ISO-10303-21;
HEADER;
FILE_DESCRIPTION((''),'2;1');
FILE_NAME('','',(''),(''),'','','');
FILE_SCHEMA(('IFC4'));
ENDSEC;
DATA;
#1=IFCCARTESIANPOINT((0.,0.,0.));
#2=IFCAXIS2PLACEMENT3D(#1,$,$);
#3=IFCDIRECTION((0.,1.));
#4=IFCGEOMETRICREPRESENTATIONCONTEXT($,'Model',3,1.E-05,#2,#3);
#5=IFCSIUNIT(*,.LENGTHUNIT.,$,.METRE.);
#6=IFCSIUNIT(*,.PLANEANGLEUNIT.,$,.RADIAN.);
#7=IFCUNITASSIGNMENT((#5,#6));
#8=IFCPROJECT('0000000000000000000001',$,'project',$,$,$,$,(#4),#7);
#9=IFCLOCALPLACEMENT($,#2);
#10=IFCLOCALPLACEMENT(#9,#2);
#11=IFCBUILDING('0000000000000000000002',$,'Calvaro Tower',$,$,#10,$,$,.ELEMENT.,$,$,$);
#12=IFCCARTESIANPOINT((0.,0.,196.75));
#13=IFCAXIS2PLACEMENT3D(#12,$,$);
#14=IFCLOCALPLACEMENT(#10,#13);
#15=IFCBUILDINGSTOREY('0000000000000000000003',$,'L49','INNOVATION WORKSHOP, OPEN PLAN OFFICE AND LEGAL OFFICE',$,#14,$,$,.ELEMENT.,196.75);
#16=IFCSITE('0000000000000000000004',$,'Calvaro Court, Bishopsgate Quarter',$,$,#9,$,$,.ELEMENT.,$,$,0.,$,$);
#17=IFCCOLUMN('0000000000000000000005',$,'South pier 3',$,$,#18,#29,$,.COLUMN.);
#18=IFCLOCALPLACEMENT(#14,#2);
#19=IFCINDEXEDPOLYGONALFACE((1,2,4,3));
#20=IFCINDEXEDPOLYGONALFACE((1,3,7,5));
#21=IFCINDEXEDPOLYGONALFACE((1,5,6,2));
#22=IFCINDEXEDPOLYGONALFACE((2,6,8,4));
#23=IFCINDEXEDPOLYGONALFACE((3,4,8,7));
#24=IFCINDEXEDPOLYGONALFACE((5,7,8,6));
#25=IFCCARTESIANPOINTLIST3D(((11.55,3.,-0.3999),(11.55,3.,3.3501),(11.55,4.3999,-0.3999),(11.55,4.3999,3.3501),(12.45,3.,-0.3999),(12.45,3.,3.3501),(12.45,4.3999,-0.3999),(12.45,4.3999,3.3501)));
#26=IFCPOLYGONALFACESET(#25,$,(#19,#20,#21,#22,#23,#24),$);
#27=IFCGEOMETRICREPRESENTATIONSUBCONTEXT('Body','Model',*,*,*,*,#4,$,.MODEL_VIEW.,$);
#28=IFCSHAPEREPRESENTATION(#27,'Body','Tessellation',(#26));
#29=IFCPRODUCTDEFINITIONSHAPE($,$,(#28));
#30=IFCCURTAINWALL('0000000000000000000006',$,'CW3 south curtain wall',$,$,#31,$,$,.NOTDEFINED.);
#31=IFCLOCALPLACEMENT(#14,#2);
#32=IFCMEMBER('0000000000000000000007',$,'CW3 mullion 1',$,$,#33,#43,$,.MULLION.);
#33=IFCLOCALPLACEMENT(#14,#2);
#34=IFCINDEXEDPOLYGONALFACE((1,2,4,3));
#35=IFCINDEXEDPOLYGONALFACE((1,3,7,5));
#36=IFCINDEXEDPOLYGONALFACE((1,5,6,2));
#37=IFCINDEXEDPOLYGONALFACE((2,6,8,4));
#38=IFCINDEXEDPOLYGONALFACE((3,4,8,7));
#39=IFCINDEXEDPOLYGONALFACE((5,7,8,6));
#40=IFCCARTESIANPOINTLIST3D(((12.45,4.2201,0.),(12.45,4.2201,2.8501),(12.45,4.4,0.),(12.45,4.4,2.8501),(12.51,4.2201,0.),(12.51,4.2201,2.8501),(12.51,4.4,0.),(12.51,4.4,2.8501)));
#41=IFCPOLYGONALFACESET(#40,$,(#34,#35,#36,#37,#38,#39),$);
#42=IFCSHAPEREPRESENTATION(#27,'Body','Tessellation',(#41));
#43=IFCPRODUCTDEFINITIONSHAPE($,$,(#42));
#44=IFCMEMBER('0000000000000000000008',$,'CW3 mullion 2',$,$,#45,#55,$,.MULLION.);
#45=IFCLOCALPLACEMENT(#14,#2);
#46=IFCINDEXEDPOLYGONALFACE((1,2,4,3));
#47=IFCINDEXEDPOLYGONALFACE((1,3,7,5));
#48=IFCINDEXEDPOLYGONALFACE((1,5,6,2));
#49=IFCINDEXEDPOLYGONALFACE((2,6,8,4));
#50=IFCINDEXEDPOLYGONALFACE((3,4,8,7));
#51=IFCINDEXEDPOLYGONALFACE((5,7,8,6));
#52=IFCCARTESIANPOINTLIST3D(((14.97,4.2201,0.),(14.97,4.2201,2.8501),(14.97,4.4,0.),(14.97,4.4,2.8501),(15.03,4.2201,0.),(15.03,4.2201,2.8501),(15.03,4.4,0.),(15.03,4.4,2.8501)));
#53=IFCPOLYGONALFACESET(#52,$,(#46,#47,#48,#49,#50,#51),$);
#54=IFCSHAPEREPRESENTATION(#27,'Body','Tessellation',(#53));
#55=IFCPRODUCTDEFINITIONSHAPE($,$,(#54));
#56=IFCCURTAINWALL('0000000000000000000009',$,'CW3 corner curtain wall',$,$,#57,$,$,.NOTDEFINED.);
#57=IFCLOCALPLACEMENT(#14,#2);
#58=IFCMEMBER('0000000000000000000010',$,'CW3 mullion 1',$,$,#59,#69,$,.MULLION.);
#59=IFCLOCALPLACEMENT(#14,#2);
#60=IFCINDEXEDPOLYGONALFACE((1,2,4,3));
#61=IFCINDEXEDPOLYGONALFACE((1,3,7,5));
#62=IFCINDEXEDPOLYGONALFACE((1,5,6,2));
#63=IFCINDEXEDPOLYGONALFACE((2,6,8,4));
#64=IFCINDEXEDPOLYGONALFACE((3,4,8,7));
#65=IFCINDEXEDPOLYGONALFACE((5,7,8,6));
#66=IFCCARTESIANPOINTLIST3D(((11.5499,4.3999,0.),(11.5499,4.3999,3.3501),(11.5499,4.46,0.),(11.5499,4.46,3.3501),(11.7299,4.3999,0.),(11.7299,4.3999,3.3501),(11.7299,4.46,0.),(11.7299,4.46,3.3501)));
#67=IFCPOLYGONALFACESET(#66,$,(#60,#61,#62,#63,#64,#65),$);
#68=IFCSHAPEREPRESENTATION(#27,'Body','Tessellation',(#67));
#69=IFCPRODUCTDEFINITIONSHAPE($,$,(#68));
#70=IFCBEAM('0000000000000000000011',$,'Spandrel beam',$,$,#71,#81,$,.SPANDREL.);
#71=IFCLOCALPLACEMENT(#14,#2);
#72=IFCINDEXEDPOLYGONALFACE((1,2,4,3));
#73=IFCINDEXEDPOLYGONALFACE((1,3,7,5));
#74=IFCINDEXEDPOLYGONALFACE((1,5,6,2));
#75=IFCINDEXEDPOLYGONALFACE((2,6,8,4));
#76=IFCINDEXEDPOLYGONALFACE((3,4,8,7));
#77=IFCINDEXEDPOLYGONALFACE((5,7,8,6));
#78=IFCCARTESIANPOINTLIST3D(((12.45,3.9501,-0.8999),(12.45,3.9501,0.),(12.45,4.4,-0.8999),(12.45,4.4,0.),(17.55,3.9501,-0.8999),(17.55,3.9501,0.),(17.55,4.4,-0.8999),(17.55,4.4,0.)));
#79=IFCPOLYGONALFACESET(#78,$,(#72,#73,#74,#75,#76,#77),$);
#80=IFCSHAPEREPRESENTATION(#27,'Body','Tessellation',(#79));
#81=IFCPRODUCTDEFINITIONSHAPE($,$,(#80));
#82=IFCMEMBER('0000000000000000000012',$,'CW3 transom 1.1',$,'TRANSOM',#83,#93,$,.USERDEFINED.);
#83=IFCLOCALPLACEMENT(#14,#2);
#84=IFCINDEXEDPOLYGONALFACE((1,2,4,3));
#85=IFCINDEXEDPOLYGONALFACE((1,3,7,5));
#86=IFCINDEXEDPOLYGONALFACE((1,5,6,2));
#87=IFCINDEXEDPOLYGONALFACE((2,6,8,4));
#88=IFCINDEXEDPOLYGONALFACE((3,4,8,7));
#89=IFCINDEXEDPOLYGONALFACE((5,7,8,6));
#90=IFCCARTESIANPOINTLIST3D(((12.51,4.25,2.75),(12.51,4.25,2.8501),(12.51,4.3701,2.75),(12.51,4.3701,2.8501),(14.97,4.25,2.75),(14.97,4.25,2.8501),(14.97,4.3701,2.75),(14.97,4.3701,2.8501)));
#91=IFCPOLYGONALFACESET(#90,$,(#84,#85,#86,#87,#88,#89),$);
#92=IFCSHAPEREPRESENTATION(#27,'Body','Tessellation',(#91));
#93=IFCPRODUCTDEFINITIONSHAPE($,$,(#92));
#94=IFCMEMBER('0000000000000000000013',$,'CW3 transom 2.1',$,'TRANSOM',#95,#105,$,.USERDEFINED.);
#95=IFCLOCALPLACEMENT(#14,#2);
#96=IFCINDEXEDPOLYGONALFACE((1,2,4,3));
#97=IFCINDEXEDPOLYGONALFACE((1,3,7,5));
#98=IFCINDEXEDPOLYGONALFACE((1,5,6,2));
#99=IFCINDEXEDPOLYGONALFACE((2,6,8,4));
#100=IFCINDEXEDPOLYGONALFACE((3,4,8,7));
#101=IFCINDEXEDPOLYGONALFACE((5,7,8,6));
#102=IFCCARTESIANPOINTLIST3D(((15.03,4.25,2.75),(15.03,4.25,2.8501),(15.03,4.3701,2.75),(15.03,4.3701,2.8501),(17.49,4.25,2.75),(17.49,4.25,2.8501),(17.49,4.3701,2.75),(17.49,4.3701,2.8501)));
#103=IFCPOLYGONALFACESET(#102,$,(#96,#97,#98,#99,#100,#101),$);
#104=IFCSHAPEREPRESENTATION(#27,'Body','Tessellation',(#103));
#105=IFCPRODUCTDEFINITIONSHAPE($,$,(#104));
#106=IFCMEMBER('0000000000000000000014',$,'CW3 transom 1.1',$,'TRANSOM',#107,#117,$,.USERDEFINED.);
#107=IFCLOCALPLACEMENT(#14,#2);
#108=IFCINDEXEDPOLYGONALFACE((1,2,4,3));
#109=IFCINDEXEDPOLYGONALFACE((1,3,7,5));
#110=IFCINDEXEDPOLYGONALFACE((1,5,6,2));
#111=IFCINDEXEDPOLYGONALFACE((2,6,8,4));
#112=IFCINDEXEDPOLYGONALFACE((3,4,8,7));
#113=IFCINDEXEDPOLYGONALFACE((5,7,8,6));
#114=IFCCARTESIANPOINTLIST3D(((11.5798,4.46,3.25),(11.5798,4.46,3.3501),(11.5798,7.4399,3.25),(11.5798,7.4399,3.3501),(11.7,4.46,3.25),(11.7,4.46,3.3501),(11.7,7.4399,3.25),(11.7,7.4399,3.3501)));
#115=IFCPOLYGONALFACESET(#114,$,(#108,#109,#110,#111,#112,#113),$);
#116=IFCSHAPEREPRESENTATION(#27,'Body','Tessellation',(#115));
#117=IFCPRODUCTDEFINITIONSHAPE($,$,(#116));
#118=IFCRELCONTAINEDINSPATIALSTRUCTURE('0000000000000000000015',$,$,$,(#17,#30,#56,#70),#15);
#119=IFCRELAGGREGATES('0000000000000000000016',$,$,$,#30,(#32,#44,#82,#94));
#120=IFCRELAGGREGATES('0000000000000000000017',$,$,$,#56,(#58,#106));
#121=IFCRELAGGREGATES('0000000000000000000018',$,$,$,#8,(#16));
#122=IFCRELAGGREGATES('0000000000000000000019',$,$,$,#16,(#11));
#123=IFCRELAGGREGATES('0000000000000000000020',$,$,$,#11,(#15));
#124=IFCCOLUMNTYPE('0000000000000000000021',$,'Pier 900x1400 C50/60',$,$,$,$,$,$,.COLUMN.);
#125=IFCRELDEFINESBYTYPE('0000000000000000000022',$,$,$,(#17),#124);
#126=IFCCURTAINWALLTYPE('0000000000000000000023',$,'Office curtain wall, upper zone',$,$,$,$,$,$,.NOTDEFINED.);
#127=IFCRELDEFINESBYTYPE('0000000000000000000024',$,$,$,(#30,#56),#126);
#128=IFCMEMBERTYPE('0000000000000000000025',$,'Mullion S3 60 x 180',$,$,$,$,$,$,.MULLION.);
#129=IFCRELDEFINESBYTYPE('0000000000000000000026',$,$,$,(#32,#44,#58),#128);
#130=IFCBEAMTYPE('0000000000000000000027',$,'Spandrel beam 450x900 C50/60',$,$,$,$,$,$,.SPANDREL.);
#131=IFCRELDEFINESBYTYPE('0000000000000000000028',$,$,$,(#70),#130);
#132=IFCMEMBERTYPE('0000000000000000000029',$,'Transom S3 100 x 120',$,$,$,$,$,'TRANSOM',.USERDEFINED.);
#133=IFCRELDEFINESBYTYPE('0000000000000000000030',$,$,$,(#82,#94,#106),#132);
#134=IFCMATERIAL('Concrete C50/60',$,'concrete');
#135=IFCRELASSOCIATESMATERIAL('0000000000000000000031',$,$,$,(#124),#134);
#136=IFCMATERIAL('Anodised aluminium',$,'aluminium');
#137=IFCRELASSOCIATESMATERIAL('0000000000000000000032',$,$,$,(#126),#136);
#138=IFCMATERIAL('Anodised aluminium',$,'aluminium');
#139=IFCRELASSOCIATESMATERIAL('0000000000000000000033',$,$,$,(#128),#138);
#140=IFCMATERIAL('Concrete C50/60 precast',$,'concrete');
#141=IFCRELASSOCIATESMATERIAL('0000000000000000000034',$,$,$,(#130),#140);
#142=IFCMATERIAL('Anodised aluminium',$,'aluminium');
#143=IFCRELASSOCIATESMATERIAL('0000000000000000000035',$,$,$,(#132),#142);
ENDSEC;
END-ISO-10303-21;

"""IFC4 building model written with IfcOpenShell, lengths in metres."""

from ifc_helpers import new_model, si_unit, direction, frame, origin, origin_2d, place, context, subcontext, project, spatial, rectangle, extrude, material, material_profile, profile_set, type_object, element, aggregate, save


model = new_model("IFC4")

# Units and contexts
model_context = context("Model", 3, precision=1e-05, world=origin(), true_north=direction((0.0, 1.0)))
body_context = subcontext(model_context, "Body", "Model", "MODEL_VIEW")
ifc_project = project(units=[si_unit("LENGTHUNIT", "METRE"), si_unit("PLANEANGLEUNIT", "RADIAN")], contexts=[model_context])

# Site, building, storey
site_placement = place(None, origin())
site = spatial("IfcSite", under=ifc_project, at=site_placement, Name="Calvaro Court, Bishopsgate Quarter", CompositionType="ELEMENT", RefElevation=0.0)
building_placement = place(site_placement, origin())
building = spatial("IfcBuilding", under=site, at=building_placement, Name="Calvaro Tower", CompositionType="ELEMENT")
storey_placement = place(building_placement, frame((0.0, 0.0, 196.75)))
storey = spatial("IfcBuildingStorey", under=building, at=storey_placement, Name="L49", Description="INNOVATION WORKSHOP, OPEN PLAN OFFICE AND LEGAL OFFICE", CompositionType="ELEMENT", Elevation=196.75)

# Column
ifc_material_1 = material(Name="Concrete C50/60", Category="concrete")
ifc_material_profile_1 = material_profile(ifc_material_1, rectangle(XDim=0.8999, YDim=1.3999, at=origin_2d()), Name="RC 900x1400")
ifc_profile_set_1 = profile_set([ifc_material_profile_1], Name="Concrete C50/60")
column_type = type_object("IfcColumnType", Name="Pier 900x1400 C50/60", PredefinedType="COLUMN", material=ifc_profile_set_1)
column_placement = place(storey_placement, frame((12.0, 3.7, -0.3999), z_axis=(0.0, 0.0, 1.0), x_axis=(1.0, 0.0, 0.0)))
element("IfcColumn", 1, at=column_placement, inside=storey, type_object=column_type, Name="South pier 3", PredefinedType="COLUMN", context=body_context, shape_type="SweptSolid", body=[
    extrude(rectangle(XDim=0.8999, YDim=1.3999, at=origin_2d()), origin(), (0.0, 0.0, 1.0), 3.75),
])

# Curtain wall, members
ifc_material_2 = material(Name="Anodised aluminium", Category="aluminium")
curtain_wall_type = type_object("IfcCurtainWallType", Name="Office curtain wall, upper zone", PredefinedType="NOTDEFINED", material=ifc_material_2)
curtain_wall_1_placement = place(storey_placement, origin())
curtain_wall_1 = element("IfcCurtainWall", 2, at=curtain_wall_1_placement, inside=storey, type_object=curtain_wall_type, Name="CW3 south curtain wall", PredefinedType="NOTDEFINED")
ifc_material_3 = material(Name="Anodised aluminium", Category="aluminium")
ifc_material_profile_2 = material_profile(ifc_material_3, rectangle(XDim=0.1799, YDim=0.0601, at=origin_2d()), Name="Mullion S3 60 x 180")
ifc_profile_set_2 = profile_set([ifc_material_profile_2], Name="Anodised aluminium")
member_type_1 = type_object("IfcMemberType", Name="Mullion S3 60 x 180", PredefinedType="MULLION", material=ifc_profile_set_2)
member_1_placement = place(storey_placement, frame((12.48, 4.3101, 0.0), z_axis=(0.0, 0.0, 1.0), x_axis=(0.0, 1.0, 0.0)))
member_1 = element("IfcMember", 3, at=member_1_placement, type_object=member_type_1, Name="CW3 mullion 1", PredefinedType="MULLION", context=body_context, shape_type="SweptSolid", body=[
    extrude(rectangle(XDim=0.1799, YDim=0.0601, at=origin_2d()), origin(), (0.0, 0.0, 1.0), 2.8501),
])
member_2_placement = place(storey_placement, frame((15.0, 4.3101, 0.0), z_axis=(0.0, 0.0, 1.0), x_axis=(0.0, 1.0, 0.0)))
member_2 = element("IfcMember", 4, at=member_2_placement, type_object=member_type_1, Name="CW3 mullion 2", PredefinedType="MULLION", context=body_context, shape_type="SweptSolid", body=[
    extrude(rectangle(XDim=0.1799, YDim=0.0601, at=origin_2d()), origin(), (0.0, 0.0, 1.0), 2.8501),
])

# Curtain wall, member
curtain_wall_2_placement = place(storey_placement, origin())
curtain_wall_2 = element("IfcCurtainWall", 5, at=curtain_wall_2_placement, inside=storey, type_object=curtain_wall_type, Name="CW3 corner curtain wall", PredefinedType="NOTDEFINED")
member_3_placement = place(storey_placement, frame((11.6399, 4.4299, 0.0), z_axis=(0.0, 0.0, 1.0), x_axis=(-1.0, 0.0, 0.0)))
member_3 = element("IfcMember", 6, at=member_3_placement, type_object=member_type_1, Name="CW3 mullion 1", PredefinedType="MULLION", context=body_context, shape_type="SweptSolid", body=[
    extrude(rectangle(XDim=0.1799, YDim=0.0601, at=origin_2d()), origin(), (0.0, 0.0, 1.0), 3.3501),
])

# Beam
ifc_material_4 = material(Name="Concrete C50/60 precast", Category="concrete")
ifc_material_profile_3 = material_profile(ifc_material_4, rectangle(XDim=0.45, YDim=0.8999, at=origin_2d()), Name="RC 450x900")
ifc_profile_set_3 = profile_set([ifc_material_profile_3], Name="Concrete C50/60 precast")
beam_type = type_object("IfcBeamType", Name="Spandrel beam 450x900 C50/60", PredefinedType="SPANDREL", material=ifc_profile_set_3)
beam_placement = place(storey_placement, frame((12.45, 4.175, -0.45), z_axis=(1.0, 0.0, 0.0), x_axis=(0.0, 1.0, 0.0)))
element("IfcBeam", 7, at=beam_placement, inside=storey, type_object=beam_type, Name="Spandrel beam", PredefinedType="SPANDREL", context=body_context, shape_type="SweptSolid", body=[
    extrude(rectangle(XDim=0.45, YDim=0.8999, at=origin_2d()), origin(), (0.0, 0.0, 1.0), 5.1001),
])

# Members
ifc_material_5 = material(Name="Anodised aluminium", Category="aluminium")
ifc_material_profile_4 = material_profile(ifc_material_5, rectangle(XDim=0.1201, YDim=0.1001, at=origin_2d()), Name="Transom S3 100 x 120")
ifc_profile_set_4 = profile_set([ifc_material_profile_4], Name="Anodised aluminium")
member_type_2 = type_object("IfcMemberType", Name="Transom S3 100 x 120", ElementType="TRANSOM", PredefinedType="USERDEFINED", material=ifc_profile_set_4)
member_4_placement = place(storey_placement, frame((12.51, 4.3101, 2.8), z_axis=(1.0, 0.0, 0.0), x_axis=(0.0, 1.0, 0.0)))
member_4 = element("IfcMember", 8, at=member_4_placement, type_object=member_type_2, Name="CW3 transom 1.1", ObjectType="TRANSOM", PredefinedType="USERDEFINED", context=body_context, shape_type="SweptSolid", body=[
    extrude(rectangle(XDim=0.1201, YDim=0.1001, at=origin_2d()), origin(), (0.0, 0.0, 1.0), 2.46),
])
member_5_placement = place(storey_placement, frame((15.03, 4.3101, 2.8), z_axis=(1.0, 0.0, 0.0), x_axis=(0.0, 1.0, 0.0)))
member_5 = element("IfcMember", 9, at=member_5_placement, type_object=member_type_2, Name="CW3 transom 2.1", ObjectType="TRANSOM", PredefinedType="USERDEFINED", context=body_context, shape_type="SweptSolid", body=[
    extrude(rectangle(XDim=0.1201, YDim=0.1001, at=origin_2d()), origin(), (0.0, 0.0, 1.0), 2.46),
])
member_6_placement = place(storey_placement, frame((11.6399, 4.46, 3.3), z_axis=(0.0, 1.0, 0.0), x_axis=(-1.0, 0.0, 0.0)))
member_6 = element("IfcMember", 10, at=member_6_placement, type_object=member_type_2, Name="CW3 transom 1.1", ObjectType="TRANSOM", PredefinedType="USERDEFINED", context=body_context, shape_type="SweptSolid", body=[
    extrude(rectangle(XDim=0.1201, YDim=0.1001, at=origin_2d()), origin(), (0.0, 0.0, 1.0), 2.98),
])

aggregate(curtain_wall_1, [member_1, member_2, member_4, member_5])
aggregate(curtain_wall_2, [member_3, member_6])

save(model, "model.ifc")
